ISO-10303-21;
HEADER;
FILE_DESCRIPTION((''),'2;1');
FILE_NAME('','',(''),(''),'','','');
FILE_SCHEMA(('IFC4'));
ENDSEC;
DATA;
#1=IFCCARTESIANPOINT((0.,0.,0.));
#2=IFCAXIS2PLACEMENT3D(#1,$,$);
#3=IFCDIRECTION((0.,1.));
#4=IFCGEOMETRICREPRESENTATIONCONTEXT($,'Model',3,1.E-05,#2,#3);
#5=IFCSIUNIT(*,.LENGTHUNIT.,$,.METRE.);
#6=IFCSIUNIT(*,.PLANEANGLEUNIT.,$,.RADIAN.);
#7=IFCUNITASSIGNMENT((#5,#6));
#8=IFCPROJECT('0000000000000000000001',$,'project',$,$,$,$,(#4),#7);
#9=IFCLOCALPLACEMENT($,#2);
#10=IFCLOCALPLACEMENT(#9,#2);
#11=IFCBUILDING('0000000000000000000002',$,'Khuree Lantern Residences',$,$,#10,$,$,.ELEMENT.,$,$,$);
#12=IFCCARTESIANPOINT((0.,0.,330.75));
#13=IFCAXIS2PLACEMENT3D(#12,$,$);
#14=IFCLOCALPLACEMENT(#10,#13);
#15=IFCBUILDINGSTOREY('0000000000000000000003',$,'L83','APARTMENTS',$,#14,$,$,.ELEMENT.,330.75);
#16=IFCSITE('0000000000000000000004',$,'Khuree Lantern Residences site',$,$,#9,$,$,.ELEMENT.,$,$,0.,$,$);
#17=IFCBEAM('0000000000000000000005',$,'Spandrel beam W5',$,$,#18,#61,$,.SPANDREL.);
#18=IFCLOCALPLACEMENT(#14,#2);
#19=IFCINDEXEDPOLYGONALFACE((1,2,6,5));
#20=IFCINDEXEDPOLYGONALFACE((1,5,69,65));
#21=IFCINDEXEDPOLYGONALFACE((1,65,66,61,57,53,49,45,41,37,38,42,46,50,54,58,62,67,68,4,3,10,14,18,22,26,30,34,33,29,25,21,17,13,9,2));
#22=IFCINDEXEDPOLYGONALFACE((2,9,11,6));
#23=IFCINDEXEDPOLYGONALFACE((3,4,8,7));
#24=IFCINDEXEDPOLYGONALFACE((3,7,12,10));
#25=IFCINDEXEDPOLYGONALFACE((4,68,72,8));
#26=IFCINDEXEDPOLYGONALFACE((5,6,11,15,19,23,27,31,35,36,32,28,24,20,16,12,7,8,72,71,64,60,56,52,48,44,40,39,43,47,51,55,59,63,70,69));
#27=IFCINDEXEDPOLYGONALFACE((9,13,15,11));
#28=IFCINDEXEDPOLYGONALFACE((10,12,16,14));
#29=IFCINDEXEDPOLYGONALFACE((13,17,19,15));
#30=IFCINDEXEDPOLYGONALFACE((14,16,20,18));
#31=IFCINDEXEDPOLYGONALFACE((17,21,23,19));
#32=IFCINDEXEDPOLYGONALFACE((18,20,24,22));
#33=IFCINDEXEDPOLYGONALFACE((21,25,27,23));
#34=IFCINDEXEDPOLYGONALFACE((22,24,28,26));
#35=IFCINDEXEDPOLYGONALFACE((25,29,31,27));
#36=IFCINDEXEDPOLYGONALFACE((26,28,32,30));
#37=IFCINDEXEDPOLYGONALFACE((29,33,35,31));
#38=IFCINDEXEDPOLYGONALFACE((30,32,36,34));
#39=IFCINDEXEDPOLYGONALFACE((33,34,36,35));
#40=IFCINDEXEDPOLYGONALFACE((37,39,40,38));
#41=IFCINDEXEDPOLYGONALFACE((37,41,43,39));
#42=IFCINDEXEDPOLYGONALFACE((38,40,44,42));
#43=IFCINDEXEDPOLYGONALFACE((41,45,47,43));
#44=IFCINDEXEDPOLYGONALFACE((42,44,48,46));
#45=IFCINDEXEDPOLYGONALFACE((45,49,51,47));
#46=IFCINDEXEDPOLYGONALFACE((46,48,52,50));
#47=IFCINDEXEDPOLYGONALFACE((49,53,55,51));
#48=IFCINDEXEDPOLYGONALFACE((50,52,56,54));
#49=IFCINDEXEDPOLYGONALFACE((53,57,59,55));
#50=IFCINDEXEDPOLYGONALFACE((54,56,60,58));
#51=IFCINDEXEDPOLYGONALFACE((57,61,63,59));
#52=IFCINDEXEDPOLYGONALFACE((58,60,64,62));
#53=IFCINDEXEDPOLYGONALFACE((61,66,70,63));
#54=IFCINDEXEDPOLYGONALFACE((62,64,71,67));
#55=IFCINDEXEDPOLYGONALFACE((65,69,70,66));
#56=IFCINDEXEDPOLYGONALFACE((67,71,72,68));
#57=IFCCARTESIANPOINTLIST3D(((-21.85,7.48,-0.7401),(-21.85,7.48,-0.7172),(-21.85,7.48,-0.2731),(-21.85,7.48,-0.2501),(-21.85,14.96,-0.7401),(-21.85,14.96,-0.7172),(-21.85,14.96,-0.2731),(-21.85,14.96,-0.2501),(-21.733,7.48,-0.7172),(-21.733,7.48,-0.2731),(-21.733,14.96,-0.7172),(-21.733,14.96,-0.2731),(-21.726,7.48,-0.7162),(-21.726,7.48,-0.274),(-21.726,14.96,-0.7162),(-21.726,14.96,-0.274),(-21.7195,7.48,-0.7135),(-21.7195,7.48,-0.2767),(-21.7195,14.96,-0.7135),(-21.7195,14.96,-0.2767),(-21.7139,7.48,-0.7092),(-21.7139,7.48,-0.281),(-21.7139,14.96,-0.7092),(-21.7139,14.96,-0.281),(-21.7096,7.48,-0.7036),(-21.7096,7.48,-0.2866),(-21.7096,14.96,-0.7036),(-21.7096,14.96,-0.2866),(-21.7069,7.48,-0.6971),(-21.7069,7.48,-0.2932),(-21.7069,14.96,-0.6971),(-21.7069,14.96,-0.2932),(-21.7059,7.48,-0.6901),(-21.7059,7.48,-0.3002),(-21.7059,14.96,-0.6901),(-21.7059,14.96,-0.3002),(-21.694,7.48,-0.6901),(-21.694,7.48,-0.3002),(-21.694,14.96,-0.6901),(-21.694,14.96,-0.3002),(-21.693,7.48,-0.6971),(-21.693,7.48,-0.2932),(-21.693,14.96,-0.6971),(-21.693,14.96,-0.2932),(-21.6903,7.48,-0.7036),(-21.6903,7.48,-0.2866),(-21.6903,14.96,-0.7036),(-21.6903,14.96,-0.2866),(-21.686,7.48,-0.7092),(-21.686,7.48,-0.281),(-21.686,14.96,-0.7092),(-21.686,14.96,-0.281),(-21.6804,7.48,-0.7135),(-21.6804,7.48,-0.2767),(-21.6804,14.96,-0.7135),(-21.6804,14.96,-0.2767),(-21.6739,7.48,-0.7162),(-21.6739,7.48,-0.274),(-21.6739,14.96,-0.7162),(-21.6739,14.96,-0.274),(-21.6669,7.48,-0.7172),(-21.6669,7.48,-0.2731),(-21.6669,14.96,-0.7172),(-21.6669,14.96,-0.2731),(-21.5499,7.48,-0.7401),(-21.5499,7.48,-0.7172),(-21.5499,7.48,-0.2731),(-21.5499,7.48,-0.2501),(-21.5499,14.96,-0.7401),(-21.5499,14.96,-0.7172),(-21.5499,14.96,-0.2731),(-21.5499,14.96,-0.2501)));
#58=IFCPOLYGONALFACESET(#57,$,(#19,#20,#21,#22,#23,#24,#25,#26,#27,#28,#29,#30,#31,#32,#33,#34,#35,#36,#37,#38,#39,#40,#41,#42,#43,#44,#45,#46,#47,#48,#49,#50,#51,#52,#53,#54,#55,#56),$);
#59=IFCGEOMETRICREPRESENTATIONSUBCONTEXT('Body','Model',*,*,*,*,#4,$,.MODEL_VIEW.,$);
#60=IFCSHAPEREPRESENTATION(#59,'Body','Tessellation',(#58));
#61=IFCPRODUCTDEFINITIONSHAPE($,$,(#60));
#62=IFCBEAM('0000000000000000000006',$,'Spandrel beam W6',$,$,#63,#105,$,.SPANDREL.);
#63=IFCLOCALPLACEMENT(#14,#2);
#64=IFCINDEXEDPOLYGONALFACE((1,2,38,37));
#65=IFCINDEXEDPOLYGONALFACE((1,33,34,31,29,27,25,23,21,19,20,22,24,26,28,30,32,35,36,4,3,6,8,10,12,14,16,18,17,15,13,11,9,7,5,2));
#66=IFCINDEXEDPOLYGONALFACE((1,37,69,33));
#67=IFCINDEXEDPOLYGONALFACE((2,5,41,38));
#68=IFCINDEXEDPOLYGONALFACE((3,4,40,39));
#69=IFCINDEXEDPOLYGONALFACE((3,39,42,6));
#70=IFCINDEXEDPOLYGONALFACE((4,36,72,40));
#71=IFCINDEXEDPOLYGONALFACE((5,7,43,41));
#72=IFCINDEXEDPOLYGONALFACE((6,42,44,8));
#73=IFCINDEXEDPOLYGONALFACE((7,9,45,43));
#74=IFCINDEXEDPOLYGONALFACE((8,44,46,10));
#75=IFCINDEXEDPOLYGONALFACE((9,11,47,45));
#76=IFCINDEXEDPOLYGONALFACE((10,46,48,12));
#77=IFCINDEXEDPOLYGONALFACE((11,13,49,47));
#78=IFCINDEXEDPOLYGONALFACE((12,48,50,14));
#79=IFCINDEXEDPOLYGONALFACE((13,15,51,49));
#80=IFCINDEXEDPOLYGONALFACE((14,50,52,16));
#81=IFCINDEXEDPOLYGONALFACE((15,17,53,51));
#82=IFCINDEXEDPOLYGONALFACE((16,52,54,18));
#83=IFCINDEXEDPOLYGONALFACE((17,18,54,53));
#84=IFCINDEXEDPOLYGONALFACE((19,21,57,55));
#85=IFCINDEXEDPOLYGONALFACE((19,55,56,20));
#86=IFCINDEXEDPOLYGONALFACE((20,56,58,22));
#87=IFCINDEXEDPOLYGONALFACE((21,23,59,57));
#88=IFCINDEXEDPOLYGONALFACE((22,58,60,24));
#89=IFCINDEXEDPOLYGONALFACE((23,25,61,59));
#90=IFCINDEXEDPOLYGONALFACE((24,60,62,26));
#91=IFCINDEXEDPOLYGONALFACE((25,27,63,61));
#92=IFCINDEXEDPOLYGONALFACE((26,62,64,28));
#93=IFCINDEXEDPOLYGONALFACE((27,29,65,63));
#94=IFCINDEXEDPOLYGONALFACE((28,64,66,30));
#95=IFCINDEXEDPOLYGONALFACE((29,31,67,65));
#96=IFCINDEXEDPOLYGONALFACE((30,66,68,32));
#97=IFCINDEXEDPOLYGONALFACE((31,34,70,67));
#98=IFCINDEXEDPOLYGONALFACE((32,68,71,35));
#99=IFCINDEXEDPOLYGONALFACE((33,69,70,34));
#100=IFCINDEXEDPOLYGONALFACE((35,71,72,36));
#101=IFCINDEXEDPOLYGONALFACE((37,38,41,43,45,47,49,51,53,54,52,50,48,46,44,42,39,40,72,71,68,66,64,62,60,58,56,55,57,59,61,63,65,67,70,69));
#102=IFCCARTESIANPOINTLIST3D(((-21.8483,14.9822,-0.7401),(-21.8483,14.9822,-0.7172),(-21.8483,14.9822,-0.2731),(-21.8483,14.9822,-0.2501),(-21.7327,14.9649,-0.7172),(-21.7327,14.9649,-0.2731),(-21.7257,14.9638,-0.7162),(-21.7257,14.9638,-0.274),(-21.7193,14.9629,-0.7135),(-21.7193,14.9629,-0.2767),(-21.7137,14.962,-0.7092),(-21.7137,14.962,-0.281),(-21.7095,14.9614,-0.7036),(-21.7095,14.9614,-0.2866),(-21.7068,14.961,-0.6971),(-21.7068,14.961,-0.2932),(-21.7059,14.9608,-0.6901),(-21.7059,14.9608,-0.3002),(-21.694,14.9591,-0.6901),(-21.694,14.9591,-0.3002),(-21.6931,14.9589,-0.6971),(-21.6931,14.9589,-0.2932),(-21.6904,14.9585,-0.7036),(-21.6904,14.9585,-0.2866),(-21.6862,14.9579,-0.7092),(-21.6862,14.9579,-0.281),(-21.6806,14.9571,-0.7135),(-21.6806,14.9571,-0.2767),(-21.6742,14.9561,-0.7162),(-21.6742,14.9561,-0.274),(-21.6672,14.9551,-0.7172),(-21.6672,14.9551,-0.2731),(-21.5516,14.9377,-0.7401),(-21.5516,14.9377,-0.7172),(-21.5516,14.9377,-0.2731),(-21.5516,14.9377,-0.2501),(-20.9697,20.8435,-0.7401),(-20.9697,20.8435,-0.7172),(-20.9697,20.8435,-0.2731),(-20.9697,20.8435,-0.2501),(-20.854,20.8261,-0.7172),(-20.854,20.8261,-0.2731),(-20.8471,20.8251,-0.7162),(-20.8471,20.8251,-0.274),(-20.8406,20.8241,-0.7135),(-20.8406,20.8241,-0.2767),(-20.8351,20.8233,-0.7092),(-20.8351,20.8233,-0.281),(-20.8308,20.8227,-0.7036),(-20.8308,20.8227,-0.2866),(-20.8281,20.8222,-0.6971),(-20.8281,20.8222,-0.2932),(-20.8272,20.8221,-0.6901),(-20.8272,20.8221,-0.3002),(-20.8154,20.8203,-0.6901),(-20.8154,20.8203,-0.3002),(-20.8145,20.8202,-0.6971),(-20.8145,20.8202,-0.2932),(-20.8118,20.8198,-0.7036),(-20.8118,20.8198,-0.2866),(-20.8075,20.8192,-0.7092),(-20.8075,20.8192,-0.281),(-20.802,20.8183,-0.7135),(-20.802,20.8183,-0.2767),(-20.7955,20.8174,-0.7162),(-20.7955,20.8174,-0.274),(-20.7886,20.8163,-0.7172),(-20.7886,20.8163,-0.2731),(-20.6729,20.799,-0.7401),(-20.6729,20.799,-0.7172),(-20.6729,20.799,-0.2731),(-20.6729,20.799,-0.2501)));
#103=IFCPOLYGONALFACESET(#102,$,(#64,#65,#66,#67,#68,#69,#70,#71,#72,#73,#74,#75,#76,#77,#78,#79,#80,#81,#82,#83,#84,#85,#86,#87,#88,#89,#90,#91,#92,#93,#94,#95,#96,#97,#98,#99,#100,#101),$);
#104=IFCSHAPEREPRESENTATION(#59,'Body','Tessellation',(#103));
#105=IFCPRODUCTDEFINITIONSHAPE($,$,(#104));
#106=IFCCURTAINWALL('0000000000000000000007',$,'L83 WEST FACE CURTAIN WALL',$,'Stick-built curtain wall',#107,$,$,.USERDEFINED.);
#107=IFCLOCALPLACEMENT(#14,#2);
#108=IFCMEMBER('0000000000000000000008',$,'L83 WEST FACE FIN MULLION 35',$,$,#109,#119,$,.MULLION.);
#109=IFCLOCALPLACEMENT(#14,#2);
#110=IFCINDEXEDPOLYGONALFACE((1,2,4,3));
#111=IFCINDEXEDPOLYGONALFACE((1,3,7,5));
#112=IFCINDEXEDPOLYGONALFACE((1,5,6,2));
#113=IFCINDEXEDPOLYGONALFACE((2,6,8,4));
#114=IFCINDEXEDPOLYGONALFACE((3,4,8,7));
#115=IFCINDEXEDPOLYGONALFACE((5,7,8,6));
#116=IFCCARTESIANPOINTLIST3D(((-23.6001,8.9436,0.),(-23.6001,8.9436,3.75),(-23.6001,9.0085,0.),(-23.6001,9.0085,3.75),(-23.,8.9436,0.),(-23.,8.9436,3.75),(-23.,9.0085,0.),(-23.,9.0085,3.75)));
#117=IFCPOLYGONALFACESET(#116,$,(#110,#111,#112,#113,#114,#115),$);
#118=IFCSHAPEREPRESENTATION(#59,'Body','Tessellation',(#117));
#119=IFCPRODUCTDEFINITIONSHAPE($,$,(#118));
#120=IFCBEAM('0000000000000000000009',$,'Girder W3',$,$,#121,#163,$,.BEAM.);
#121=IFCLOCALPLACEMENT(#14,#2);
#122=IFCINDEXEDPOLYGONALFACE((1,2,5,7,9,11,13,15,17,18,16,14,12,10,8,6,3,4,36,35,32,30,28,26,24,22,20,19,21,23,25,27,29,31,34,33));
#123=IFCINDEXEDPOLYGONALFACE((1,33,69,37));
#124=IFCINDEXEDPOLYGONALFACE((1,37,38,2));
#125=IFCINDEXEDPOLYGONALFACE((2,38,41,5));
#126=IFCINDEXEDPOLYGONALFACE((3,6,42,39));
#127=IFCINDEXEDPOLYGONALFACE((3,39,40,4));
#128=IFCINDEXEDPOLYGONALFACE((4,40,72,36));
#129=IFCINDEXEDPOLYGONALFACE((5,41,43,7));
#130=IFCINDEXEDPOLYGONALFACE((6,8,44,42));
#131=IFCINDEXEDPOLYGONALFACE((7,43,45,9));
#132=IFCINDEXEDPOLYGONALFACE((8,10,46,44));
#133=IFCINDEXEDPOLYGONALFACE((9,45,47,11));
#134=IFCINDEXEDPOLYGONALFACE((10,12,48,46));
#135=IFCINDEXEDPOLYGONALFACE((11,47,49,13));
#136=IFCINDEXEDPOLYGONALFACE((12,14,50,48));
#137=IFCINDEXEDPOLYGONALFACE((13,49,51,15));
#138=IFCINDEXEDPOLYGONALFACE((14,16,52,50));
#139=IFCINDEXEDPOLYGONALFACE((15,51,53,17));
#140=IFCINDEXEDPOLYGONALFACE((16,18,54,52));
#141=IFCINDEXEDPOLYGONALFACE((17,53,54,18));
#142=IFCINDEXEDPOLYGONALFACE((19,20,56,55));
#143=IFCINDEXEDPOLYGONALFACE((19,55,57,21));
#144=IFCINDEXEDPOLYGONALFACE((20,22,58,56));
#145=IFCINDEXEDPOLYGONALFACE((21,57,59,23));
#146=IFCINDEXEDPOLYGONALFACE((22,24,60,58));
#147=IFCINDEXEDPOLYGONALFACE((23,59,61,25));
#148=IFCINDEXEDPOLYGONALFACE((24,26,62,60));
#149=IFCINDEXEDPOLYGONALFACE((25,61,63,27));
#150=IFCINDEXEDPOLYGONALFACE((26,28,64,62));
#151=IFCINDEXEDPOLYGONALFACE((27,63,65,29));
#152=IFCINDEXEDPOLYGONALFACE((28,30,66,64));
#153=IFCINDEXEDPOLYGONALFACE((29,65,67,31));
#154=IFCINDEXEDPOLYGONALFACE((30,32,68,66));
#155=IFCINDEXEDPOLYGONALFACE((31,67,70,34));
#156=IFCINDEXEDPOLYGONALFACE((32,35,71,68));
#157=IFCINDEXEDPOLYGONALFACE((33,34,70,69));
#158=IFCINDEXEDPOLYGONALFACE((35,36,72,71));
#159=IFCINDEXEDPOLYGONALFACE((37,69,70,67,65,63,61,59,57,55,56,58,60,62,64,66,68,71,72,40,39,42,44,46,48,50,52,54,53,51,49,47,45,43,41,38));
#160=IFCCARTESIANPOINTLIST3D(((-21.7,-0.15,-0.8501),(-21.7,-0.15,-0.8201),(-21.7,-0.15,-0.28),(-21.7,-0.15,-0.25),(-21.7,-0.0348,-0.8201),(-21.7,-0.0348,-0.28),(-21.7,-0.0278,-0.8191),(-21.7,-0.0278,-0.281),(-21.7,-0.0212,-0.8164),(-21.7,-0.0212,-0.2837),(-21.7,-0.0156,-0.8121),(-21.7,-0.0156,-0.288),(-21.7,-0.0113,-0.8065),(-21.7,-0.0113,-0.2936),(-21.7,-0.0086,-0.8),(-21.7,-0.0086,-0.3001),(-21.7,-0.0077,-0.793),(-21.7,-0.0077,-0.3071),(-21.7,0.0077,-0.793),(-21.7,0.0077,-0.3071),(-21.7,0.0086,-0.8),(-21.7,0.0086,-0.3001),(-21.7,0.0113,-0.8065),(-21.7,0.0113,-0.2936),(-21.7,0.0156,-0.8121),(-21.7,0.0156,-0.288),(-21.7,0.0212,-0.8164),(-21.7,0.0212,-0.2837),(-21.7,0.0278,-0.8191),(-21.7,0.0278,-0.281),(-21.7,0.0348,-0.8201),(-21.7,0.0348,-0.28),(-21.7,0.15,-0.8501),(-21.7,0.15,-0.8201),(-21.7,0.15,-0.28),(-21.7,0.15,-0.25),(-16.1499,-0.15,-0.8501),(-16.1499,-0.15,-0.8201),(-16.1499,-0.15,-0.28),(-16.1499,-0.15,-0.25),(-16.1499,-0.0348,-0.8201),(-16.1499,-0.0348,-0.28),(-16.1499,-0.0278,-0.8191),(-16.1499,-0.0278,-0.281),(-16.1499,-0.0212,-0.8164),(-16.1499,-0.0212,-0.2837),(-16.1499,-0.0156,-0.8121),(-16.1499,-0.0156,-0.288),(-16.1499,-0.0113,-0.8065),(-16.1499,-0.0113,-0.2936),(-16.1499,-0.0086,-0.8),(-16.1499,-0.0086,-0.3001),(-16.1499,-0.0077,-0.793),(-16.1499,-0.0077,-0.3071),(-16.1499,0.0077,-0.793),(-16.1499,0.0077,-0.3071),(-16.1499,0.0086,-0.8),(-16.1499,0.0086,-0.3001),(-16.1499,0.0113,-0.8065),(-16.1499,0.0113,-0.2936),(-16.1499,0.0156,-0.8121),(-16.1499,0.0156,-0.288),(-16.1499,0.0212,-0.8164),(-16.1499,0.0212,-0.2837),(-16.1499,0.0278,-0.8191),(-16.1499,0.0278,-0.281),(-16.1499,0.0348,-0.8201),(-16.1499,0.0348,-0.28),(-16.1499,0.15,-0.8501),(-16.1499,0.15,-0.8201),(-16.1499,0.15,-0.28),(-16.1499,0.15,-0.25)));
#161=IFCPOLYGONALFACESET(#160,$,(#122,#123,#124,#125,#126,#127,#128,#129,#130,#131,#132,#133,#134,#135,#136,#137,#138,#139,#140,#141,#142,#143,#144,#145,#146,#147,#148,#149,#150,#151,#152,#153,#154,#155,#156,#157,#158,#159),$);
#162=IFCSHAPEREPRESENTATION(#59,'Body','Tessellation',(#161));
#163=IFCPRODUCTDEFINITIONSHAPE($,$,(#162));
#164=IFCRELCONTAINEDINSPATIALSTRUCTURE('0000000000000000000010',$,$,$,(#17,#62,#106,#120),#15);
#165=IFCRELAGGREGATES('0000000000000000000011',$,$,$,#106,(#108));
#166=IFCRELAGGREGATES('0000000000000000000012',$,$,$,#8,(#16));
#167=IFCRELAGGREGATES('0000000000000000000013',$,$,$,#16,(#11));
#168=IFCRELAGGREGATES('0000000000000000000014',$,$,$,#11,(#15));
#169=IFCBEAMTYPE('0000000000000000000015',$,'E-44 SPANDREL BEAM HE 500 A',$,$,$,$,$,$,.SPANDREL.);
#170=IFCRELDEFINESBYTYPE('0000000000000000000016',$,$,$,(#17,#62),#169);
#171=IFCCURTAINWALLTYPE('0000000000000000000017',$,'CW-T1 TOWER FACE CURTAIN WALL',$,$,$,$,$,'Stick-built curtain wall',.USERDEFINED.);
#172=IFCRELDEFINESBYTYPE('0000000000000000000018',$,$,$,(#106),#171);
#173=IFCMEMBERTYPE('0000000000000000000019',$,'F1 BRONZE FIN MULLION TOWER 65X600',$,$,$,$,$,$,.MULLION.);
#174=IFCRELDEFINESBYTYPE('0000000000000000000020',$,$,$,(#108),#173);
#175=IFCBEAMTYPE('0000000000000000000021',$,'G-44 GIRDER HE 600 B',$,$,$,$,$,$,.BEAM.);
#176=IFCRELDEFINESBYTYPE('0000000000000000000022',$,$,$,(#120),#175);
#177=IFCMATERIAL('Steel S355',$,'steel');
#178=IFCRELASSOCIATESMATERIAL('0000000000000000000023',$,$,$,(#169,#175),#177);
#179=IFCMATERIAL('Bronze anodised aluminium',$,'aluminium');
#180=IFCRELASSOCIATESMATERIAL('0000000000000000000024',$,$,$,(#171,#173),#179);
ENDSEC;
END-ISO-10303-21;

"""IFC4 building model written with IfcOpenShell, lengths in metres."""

from ifc_helpers import new_model, si_unit, direction, frame, origin, origin_2d, place, context, subcontext, project, spatial, rectangle, i_section, extrude, material, material_profile, profile_set, type_object, element, aggregate, save


model = new_model("IFC4")

# Units and contexts
model_context = context("Model", 3, precision=1e-05, world=origin(), true_north=direction((0.0, 1.0)))
body_context = subcontext(model_context, "Body", "Model", "MODEL_VIEW")
ifc_project = project(units=[si_unit("LENGTHUNIT", "METRE"), si_unit("PLANEANGLEUNIT", "RADIAN")], contexts=[model_context])

# Site, building, storey
site_placement = place(None, origin())
site = spatial("IfcSite", under=ifc_project, at=site_placement, Name="Khuree Lantern Residences site", CompositionType="ELEMENT", RefElevation=0.0)
building_placement = place(site_placement, origin())
building = spatial("IfcBuilding", under=site, at=building_placement, Name="Khuree Lantern Residences", CompositionType="ELEMENT")
storey_placement = place(building_placement, frame((0.0, 0.0, 330.75)))
storey = spatial("IfcBuildingStorey", under=building, at=storey_placement, Name="L83", Description="APARTMENTS", CompositionType="ELEMENT", Elevation=330.75)

# Beams
ifc_material_1 = material(Name="Steel S355", Category="steel")
ifc_material_profile_1 = material_profile(ifc_material_1, i_section(OverallWidth=0.3, OverallDepth=0.49, WebThickness=0.012, FlangeThickness=0.0229, FilletRadius=0.0271, at=origin_2d()), Name="HE 500 A")
ifc_profile_set_1 = profile_set([ifc_material_profile_1], Name="Steel S355")
beam_type_1 = type_object("IfcBeamType", Name="E-44 SPANDREL BEAM HE 500 A", PredefinedType="SPANDREL", material=ifc_profile_set_1)
for number, where, z_axis, x_axis, name in (
    (1, (-21.7, 7.48, -0.4951), (0.0, 1.0, 0.0), (-1.0, 0.0, 0.0), "Spandrel beam W5"),
):
    element("IfcBeam", number, at=place(storey_placement, frame(where, z_axis=z_axis, x_axis=x_axis)), inside=storey, type_object=beam_type_1, Name=name, PredefinedType="SPANDREL", context=body_context, shape_type="SweptSolid", body=[
        extrude(i_section(OverallWidth=0.3, OverallDepth=0.49, WebThickness=0.012, FlangeThickness=0.0229, FilletRadius=0.0271, at=origin_2d()), origin(), (0.0, 0.0, 1.0), 7.48),
    ])
beam_1_placement = place(storey_placement, frame((-21.7, 14.96, -0.4951), z_axis=(0.148252, 0.98895, 0.0), x_axis=(-0.98895, 0.148252, 0.0)))
element("IfcBeam", 2, at=beam_1_placement, inside=storey, type_object=beam_type_1, Name="Spandrel beam W6", PredefinedType="SPANDREL", context=body_context, shape_type="SweptSolid", body=[
    extrude(i_section(OverallWidth=0.3, OverallDepth=0.49, WebThickness=0.012, FlangeThickness=0.0229, FilletRadius=0.0271, at=origin_2d()), origin(), (0.0, 0.0, 1.0), 5.9268),
])

# Curtain wall, member
ifc_material_2 = material(Name="Bronze anodised aluminium", Category="aluminium")
curtain_wall_type = type_object("IfcCurtainWallType", Name="CW-T1 TOWER FACE CURTAIN WALL", ElementType="Stick-built curtain wall", PredefinedType="USERDEFINED", material=ifc_material_2)
curtain_wall_placement = place(storey_placement, origin())
curtain_wall = element("IfcCurtainWall", 3, at=curtain_wall_placement, inside=storey, type_object=curtain_wall_type, Name="L83 WEST FACE CURTAIN WALL", ObjectType="Stick-built curtain wall", PredefinedType="USERDEFINED")
ifc_material_profile_2 = material_profile(ifc_material_2, rectangle(XDim=0.0649, YDim=0.6001, at=origin_2d()), Name="F1 65X600")
ifc_profile_set_2 = profile_set([ifc_material_profile_2], Name="Bronze anodised aluminium")
member_type_1 = type_object("IfcMemberType", Name="F1 BRONZE FIN MULLION TOWER 65X600", PredefinedType="MULLION", material=ifc_profile_set_2)
member_1_placement = place(storey_placement, frame((-23.3, 8.9761, 0.0), z_axis=(0.0, 0.0, 1.0), x_axis=(0.0, -1.0, 0.0)))
member_1 = element("IfcMember", 4, at=member_1_placement, type_object=member_type_1, Name="L83 WEST FACE FIN MULLION 35", PredefinedType="MULLION", context=body_context, shape_type="SweptSolid", body=[
    extrude(rectangle(XDim=0.0649, YDim=0.6001, at=origin_2d()), origin(), (0.0, 0.0, 1.0), 3.75),
])

# Beam
ifc_material_profile_3 = material_profile(ifc_material_1, i_section(OverallWidth=0.3, OverallDepth=0.6001, WebThickness=0.0154, FlangeThickness=0.03, FilletRadius=0.0271, at=origin_2d()), Name="HE 600 B")
ifc_profile_set_3 = profile_set([ifc_material_profile_3], Name="Steel S355")
beam_type_2 = type_object("IfcBeamType", Name="G-44 GIRDER HE 600 B", PredefinedType="BEAM", material=ifc_profile_set_3)
for number, where, z_axis, x_axis, name in (
    (5, (-21.7, 0.0, -0.55), (1.0, 0.0, 0.0), (0.0, 1.0, 0.0), "Girder W3"),
):
    element("IfcBeam", number, at=place(storey_placement, frame(where, z_axis=z_axis, x_axis=x_axis)), inside=storey, type_object=beam_type_2, Name=name, PredefinedType="BEAM", context=body_context, shape_type="SweptSolid", body=[
        extrude(i_section(OverallWidth=0.3, OverallDepth=0.6001, WebThickness=0.0154, FlangeThickness=0.03, FilletRadius=0.0271, at=origin_2d()), origin(), (0.0, 0.0, 1.0), 5.55),
    ])

aggregate(curtain_wall, [member_1])

save(model, "model.ifc")
